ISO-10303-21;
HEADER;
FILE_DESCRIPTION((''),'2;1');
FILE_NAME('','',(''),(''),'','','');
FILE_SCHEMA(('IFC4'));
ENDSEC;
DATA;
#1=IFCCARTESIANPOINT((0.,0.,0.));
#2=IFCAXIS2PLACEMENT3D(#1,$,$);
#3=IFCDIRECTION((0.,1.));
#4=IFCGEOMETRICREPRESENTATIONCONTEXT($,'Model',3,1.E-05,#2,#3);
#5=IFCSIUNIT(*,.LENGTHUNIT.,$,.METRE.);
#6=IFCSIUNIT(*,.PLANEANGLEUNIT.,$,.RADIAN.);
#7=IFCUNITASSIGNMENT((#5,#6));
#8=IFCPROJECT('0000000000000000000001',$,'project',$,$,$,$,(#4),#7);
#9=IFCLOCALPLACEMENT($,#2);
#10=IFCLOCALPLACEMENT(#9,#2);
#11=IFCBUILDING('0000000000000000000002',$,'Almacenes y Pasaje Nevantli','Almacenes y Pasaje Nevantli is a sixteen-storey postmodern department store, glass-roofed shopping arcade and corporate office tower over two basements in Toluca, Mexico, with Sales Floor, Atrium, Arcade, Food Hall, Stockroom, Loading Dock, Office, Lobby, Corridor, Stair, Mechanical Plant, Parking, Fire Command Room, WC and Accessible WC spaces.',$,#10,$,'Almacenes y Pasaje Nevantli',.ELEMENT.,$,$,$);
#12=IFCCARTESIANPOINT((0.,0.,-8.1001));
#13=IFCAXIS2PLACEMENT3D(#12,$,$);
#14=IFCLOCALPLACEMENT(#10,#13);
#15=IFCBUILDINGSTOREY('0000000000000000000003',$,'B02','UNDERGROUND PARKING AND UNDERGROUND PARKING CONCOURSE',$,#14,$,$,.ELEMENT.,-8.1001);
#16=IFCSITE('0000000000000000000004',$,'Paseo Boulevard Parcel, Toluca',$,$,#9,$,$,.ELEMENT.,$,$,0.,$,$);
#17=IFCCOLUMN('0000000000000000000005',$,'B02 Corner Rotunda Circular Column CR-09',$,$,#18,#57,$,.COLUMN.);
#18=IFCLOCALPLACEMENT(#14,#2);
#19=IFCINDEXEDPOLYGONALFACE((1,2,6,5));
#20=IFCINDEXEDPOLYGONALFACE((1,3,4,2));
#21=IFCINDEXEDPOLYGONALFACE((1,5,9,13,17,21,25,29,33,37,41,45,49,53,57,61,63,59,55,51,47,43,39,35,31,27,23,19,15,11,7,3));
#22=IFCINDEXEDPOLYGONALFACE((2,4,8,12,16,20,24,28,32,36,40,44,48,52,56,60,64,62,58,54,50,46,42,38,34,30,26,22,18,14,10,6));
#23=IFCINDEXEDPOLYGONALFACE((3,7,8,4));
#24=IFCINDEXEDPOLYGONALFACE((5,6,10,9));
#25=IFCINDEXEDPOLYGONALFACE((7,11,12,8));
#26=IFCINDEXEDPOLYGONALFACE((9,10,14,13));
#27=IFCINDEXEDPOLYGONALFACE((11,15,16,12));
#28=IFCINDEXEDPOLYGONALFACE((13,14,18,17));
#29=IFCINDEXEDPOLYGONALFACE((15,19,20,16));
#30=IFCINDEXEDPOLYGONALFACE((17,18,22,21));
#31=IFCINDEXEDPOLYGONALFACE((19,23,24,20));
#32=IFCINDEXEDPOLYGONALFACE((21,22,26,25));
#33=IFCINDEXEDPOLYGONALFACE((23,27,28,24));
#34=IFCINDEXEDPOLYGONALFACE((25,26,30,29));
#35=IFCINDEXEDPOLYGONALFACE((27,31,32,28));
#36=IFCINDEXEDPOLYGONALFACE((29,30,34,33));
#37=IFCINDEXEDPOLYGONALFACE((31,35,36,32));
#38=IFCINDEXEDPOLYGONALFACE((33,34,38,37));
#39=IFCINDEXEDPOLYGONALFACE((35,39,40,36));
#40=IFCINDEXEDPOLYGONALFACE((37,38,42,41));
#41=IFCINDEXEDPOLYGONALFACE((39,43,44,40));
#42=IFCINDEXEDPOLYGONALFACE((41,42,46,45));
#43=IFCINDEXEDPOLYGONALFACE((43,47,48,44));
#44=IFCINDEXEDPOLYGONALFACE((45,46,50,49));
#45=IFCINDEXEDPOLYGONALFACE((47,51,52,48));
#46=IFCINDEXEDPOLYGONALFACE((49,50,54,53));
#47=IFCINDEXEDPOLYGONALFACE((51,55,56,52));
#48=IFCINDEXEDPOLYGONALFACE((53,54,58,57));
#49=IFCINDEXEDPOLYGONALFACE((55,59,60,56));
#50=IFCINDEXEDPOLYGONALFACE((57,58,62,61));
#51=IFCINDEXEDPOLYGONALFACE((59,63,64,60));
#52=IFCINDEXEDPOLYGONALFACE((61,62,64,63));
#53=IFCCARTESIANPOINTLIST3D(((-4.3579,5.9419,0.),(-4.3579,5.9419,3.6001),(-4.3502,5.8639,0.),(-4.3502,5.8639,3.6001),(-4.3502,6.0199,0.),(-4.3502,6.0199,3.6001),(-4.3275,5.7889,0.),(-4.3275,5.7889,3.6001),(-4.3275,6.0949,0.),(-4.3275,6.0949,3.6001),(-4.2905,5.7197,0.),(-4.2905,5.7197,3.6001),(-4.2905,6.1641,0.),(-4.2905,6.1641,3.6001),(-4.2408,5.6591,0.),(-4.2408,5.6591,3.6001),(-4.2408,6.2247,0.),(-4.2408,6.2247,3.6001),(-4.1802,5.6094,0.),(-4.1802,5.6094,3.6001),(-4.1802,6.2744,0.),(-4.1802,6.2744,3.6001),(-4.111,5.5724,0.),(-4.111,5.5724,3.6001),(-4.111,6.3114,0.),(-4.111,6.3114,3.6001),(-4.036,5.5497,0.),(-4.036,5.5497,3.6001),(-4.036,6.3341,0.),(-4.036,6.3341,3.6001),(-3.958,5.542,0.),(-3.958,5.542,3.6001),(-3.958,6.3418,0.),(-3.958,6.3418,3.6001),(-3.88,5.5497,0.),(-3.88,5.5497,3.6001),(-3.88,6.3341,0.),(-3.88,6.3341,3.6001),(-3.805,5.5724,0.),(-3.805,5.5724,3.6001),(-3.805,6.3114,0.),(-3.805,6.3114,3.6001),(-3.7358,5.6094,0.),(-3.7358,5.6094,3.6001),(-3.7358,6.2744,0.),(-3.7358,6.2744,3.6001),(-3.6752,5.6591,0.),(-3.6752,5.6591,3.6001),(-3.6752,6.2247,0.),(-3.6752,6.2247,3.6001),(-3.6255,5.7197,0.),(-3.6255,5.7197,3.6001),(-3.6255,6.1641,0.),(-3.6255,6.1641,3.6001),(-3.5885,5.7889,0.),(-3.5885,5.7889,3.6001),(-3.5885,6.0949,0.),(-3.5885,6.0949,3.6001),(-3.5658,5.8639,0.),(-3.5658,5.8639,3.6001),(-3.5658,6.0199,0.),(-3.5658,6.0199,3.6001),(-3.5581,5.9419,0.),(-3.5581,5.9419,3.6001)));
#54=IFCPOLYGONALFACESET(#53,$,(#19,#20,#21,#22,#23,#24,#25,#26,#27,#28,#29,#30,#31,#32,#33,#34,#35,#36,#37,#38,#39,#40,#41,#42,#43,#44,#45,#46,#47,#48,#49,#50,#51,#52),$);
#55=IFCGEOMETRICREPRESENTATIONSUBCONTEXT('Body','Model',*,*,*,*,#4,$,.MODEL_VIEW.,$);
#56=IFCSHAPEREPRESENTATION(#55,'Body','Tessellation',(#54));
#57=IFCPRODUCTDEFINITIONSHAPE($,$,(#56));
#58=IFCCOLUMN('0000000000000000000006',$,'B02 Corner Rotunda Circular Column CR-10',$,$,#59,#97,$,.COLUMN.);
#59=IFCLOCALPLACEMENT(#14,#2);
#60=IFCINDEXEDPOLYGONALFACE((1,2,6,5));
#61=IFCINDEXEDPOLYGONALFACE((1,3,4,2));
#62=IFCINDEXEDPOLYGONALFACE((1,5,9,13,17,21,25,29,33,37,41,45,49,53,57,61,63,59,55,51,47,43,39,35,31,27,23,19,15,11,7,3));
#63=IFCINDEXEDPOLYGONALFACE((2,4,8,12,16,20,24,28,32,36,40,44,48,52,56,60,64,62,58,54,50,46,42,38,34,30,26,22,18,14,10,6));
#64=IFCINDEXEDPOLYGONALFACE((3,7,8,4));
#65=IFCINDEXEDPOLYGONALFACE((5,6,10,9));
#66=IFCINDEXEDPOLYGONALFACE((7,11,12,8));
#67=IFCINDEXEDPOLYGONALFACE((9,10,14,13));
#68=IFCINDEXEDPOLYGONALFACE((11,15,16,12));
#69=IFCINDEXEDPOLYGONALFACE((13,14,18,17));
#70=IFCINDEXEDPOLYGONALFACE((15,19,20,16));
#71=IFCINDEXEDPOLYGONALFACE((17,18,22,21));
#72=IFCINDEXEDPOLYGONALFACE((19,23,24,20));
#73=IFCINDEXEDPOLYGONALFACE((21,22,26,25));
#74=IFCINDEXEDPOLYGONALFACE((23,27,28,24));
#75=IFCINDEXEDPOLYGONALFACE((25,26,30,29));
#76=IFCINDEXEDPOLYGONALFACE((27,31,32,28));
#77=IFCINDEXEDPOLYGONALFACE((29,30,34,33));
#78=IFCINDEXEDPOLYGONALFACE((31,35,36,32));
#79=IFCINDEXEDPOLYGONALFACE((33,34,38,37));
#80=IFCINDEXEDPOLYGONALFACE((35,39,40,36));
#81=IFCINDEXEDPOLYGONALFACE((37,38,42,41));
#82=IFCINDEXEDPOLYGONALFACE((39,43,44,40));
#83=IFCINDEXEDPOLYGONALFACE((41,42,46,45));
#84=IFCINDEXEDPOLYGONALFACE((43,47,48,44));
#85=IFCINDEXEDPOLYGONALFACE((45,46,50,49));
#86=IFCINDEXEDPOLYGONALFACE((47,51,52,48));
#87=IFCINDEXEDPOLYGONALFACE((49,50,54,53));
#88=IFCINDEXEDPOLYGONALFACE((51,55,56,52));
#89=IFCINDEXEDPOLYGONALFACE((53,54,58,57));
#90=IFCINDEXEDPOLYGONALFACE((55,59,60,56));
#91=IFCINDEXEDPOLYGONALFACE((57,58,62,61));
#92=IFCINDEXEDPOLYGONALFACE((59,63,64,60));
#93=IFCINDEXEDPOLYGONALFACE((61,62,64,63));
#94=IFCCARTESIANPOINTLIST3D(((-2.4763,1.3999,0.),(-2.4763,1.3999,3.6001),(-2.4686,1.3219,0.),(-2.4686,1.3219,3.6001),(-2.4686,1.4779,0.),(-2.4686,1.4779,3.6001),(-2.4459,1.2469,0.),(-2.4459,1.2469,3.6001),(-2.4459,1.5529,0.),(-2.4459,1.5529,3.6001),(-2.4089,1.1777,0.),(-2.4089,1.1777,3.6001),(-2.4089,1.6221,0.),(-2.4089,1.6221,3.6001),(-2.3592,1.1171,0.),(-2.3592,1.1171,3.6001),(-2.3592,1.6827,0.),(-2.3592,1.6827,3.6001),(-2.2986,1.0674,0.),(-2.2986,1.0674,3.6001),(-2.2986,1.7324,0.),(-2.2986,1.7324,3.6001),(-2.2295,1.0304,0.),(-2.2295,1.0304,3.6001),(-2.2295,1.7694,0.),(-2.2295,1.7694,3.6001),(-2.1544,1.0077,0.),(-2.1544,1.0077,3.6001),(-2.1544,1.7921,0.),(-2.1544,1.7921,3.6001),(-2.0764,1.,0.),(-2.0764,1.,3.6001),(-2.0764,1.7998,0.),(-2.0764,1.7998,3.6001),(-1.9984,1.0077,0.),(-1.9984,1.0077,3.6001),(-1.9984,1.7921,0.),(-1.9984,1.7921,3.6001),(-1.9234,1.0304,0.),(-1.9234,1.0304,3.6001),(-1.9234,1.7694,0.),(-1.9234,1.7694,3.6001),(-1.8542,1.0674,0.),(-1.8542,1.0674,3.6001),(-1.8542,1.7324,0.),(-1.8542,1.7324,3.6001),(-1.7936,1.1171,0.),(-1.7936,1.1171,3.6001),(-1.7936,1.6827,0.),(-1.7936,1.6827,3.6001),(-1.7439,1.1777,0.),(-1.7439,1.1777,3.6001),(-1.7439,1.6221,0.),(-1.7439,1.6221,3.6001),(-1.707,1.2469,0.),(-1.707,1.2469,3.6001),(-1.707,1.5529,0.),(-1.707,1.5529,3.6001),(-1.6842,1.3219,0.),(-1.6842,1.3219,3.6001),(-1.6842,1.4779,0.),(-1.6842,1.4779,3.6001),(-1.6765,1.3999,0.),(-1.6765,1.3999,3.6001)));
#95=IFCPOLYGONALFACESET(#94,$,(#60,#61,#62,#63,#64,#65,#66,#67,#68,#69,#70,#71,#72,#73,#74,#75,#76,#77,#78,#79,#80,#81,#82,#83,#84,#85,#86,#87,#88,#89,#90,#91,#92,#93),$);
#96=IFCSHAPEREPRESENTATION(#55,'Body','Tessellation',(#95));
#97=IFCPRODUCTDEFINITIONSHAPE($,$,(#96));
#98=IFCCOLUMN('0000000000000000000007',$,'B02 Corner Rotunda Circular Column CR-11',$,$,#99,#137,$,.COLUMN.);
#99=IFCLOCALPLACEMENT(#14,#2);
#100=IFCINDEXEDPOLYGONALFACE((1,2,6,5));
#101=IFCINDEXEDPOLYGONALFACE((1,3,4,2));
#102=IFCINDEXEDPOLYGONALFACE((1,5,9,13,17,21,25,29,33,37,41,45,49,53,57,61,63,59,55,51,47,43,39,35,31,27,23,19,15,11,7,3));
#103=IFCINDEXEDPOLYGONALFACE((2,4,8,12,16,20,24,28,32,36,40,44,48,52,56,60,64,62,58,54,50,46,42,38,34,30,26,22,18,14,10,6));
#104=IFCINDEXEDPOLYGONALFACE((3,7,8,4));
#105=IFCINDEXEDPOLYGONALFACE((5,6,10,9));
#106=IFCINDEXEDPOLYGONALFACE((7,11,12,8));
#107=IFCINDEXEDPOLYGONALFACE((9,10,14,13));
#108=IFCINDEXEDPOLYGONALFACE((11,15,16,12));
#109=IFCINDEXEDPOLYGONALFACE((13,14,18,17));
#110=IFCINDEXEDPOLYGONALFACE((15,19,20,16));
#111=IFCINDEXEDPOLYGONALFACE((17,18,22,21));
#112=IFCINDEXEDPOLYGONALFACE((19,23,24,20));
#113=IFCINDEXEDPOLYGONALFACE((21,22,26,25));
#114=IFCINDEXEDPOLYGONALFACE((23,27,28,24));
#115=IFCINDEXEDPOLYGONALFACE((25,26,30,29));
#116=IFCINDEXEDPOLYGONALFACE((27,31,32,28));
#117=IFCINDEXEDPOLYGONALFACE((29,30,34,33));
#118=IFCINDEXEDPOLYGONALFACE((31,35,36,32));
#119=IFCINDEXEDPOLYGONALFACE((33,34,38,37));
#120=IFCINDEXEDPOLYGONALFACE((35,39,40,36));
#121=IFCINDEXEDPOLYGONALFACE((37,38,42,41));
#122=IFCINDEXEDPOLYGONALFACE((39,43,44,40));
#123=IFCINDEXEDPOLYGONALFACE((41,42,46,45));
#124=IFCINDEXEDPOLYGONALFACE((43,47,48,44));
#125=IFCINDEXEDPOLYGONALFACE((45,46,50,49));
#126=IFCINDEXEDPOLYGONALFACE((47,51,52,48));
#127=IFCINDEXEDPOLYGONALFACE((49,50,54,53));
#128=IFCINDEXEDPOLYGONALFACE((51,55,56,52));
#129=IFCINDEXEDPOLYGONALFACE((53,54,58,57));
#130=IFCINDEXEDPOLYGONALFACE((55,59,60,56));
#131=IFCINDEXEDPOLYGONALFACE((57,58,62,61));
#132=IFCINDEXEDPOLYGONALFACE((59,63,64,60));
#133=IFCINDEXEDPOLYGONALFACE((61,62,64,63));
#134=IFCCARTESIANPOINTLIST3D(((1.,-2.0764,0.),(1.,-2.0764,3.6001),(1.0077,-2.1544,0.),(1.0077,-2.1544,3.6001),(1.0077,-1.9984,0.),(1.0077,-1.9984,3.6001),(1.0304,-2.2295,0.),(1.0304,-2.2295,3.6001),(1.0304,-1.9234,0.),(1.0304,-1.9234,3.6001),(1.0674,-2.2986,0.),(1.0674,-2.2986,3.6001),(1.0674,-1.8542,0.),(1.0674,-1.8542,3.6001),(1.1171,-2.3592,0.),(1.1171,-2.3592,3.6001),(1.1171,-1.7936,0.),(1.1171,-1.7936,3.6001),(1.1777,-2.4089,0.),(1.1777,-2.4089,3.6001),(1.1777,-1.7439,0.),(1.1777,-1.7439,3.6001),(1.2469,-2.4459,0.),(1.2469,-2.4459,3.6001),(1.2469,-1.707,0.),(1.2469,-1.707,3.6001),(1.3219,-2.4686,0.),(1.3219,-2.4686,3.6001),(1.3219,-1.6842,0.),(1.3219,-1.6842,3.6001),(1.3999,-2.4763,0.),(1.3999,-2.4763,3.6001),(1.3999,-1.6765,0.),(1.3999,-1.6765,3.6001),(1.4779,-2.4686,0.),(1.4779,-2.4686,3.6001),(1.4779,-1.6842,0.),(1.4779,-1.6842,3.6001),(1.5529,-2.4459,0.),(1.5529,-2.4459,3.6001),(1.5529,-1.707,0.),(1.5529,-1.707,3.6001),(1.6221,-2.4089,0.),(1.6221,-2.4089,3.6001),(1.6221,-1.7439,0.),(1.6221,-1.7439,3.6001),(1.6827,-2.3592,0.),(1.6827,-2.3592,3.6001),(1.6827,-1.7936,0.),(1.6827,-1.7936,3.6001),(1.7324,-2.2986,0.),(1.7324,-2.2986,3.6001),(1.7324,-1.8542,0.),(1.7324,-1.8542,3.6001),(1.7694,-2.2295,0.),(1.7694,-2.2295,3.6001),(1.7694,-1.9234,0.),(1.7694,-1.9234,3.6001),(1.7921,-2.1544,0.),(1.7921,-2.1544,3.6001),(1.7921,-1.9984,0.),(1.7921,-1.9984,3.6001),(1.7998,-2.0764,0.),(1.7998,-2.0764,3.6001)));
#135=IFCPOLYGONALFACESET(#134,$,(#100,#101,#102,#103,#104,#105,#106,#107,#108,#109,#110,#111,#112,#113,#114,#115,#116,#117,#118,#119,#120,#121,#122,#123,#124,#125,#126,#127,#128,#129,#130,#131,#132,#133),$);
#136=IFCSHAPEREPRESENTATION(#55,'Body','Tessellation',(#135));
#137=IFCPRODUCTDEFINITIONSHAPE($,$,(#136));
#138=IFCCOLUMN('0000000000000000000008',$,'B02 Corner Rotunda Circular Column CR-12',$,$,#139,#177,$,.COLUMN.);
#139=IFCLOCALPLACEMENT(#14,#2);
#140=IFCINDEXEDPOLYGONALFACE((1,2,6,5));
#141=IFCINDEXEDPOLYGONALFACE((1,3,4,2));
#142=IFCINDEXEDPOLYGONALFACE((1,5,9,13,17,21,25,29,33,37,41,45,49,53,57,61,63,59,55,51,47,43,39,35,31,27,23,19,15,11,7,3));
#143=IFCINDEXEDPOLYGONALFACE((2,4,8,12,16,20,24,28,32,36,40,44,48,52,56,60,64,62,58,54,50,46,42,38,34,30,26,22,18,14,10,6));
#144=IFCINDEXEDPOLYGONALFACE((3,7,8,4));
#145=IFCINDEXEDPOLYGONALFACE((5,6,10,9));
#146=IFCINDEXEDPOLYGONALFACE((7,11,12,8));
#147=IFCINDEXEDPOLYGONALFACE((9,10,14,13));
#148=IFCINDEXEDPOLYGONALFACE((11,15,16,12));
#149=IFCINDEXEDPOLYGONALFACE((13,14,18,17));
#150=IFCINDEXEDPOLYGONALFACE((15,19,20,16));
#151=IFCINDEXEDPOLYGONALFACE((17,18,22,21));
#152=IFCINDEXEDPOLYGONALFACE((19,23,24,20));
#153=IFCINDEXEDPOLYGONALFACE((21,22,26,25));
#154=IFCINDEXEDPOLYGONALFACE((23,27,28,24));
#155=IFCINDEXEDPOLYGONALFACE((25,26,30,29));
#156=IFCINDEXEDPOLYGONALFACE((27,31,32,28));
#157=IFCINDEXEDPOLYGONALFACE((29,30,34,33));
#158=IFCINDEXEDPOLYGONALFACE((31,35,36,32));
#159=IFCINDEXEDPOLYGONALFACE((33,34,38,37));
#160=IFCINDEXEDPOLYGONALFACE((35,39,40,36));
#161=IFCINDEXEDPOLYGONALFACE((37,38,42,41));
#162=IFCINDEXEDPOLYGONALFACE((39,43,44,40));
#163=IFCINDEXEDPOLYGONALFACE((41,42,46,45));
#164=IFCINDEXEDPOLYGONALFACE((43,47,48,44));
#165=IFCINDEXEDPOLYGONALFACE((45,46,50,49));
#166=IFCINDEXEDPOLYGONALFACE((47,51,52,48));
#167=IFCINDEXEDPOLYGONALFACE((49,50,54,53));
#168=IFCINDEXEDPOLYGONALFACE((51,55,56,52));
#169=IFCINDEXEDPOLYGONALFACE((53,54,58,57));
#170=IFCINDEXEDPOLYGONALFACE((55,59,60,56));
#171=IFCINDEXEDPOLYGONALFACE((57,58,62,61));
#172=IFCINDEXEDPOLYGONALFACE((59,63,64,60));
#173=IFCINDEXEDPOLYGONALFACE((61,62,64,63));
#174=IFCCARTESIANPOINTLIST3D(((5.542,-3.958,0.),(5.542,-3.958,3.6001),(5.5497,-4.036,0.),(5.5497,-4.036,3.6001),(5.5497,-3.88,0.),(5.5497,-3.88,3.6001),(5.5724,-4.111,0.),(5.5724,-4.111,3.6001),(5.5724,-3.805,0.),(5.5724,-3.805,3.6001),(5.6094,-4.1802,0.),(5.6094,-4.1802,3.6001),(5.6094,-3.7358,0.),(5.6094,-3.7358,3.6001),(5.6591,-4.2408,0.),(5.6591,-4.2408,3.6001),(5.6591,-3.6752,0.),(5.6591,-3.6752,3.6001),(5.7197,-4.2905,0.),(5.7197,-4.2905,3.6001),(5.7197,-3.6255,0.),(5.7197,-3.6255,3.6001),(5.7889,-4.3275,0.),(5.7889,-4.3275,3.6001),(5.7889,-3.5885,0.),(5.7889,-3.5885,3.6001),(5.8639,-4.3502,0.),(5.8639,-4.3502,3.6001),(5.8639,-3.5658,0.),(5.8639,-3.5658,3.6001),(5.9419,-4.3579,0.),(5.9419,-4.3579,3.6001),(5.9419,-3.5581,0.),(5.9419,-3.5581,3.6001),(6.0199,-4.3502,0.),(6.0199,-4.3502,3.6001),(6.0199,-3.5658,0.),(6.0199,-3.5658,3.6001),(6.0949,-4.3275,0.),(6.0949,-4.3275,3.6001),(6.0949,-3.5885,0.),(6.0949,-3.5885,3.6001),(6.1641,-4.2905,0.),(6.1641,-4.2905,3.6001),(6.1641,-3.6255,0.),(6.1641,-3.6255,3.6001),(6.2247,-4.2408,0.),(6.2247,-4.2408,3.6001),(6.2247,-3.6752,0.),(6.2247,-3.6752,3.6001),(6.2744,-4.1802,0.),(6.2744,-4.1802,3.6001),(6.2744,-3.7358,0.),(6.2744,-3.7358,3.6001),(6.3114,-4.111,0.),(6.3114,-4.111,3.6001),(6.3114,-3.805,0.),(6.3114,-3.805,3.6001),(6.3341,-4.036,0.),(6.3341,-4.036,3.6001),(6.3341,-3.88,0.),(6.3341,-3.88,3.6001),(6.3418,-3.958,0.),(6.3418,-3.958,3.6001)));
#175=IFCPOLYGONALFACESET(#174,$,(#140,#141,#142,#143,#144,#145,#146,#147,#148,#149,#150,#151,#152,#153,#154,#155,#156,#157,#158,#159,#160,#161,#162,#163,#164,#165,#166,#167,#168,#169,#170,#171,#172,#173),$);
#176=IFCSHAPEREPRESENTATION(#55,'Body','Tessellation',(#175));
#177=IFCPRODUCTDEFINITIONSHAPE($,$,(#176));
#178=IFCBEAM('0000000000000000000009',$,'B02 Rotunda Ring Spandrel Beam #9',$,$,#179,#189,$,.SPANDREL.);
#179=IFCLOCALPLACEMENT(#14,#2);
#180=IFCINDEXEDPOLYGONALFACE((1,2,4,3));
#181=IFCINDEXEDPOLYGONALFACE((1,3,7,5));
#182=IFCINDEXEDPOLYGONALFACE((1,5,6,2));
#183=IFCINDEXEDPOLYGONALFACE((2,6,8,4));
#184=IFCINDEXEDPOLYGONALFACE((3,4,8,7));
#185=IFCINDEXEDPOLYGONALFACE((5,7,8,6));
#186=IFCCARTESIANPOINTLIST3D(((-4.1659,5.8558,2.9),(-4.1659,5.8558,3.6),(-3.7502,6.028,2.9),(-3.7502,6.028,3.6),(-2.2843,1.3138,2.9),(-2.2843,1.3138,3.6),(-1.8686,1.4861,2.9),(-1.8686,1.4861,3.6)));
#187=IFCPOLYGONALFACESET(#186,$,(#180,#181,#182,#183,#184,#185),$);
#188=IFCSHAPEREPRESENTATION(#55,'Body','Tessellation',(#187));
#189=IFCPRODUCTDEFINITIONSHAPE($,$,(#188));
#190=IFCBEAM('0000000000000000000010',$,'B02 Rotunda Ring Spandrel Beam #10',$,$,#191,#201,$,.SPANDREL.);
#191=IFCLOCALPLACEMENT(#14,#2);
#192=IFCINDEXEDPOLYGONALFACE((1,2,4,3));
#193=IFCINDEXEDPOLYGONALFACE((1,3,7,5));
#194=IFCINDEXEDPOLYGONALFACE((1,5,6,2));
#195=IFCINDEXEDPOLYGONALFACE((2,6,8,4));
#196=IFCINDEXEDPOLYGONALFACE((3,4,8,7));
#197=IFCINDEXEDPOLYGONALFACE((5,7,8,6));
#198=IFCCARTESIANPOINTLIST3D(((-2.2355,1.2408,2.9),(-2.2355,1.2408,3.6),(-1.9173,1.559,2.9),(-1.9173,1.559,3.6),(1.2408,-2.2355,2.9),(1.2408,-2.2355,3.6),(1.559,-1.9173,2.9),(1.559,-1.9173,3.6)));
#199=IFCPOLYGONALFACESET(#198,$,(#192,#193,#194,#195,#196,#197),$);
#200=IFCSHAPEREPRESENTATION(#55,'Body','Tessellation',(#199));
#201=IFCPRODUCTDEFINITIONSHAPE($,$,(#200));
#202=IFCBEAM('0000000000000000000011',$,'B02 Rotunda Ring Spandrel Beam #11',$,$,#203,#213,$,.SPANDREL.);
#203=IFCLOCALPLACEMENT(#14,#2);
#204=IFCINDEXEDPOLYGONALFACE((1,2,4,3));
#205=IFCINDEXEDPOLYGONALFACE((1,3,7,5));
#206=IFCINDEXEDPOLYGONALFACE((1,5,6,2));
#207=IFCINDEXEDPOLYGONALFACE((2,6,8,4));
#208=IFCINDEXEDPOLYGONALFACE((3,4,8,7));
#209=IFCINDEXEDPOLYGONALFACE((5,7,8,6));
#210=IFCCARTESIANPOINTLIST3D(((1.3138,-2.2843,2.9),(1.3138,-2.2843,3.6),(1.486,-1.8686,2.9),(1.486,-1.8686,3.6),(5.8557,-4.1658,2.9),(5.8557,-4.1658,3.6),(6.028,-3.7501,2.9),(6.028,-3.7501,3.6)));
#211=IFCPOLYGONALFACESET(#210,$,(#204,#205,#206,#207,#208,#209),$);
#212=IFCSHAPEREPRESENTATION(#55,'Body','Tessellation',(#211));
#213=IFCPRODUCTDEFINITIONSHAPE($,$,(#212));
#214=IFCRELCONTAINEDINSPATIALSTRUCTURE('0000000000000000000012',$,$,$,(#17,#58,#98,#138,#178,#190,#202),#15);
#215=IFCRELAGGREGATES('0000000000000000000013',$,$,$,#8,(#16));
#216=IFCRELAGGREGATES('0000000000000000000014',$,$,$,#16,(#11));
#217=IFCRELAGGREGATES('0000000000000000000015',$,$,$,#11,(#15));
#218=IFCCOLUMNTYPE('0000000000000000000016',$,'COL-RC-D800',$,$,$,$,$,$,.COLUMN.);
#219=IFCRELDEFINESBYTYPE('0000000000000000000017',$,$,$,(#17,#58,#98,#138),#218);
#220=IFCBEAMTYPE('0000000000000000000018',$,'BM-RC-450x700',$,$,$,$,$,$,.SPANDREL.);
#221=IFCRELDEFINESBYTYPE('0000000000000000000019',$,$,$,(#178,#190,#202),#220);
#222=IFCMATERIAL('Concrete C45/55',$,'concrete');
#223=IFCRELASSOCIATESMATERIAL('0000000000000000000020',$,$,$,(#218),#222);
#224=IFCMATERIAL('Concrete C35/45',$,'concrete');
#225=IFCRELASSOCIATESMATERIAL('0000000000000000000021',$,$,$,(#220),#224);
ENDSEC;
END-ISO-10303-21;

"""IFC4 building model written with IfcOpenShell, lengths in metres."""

from ifc_helpers import new_model, si_unit, direction, frame, origin, origin_2d, place, context, subcontext, project, spatial, rectangle, circle, extrude, material, material_profile, profile_set, type_object, element, save


model = new_model("IFC4")

# Units and contexts
model_context = context("Model", 3, precision=1e-05, world=origin(), true_north=direction((0.0, 1.0)))
body_context = subcontext(model_context, "Body", "Model", "MODEL_VIEW")
ifc_project = project(units=[si_unit("LENGTHUNIT", "METRE"), si_unit("PLANEANGLEUNIT", "RADIAN")], contexts=[model_context])

# Site, building, storey
site_placement = place(None, origin())
site = spatial("IfcSite", under=ifc_project, at=site_placement, Name="Paseo Boulevard Parcel, Toluca", CompositionType="ELEMENT", RefElevation=0.0)
building_placement = place(site_placement, origin())
building = spatial("IfcBuilding", under=site, at=building_placement, Name="Almacenes y Pasaje Nevantli", Description="Almacenes y Pasaje Nevantli is a sixteen-storey postmodern department store, glass-roofed shopping arcade and corporate office tower over two basements in Toluca, Mexico, with Sales Floor, Atrium, Arcade, Food Hall, Stockroom, Loading Dock, Office, Lobby, Corridor, Stair, Mechanical Plant, Parking, Fire Command Room, WC and Accessible WC spaces.", LongName="Almacenes y Pasaje Nevantli", CompositionType="ELEMENT")
storey_placement = place(building_placement, frame((0.0, 0.0, -8.1001)))
storey = spatial("IfcBuildingStorey", under=building, at=storey_placement, Name="B02", Description="UNDERGROUND PARKING AND UNDERGROUND PARKING CONCOURSE", CompositionType="ELEMENT", Elevation=-8.1001)

# Columns
ifc_material_1 = material(Name="Concrete C45/55", Category="concrete")
ifc_material_profile_1 = material_profile(ifc_material_1, circle(Radius=0.3999, at=origin_2d()), Name="RC-COL-D800")
ifc_profile_set_1 = profile_set([ifc_material_profile_1], Name="Concrete C45/55")
column_type_1 = type_object("IfcColumnType", Name="COL-RC-D800", PredefinedType="COLUMN", material=ifc_profile_set_1)
for number, where, z_axis, x_axis, name in (
    (1, (-3.958, 5.9419, 0.0), (0.0, 0.0, 1.0), (1.0, 0.0, 0.0), "B02 Corner Rotunda Circular Column CR-09"),
    (2, (-2.0764, 1.3999, 0.0), (0.0, 0.0, 1.0), (1.0, 0.0, 0.0), "B02 Corner Rotunda Circular Column CR-10"),
    (3, (1.3999, -2.0764, 0.0), (0.0, 0.0, 1.0), (1.0, 0.0, 0.0), "B02 Corner Rotunda Circular Column CR-11"),
    (4, (5.9419, -3.958, 0.0), (0.0, 0.0, 1.0), (1.0, 0.0, 0.0), "B02 Corner Rotunda Circular Column CR-12"),
):
    element("IfcColumn", number, at=place(storey_placement, frame(where, z_axis=z_axis, x_axis=x_axis)), inside=storey, type_object=column_type_1, Name=name, PredefinedType="COLUMN", context=body_context, shape_type="SweptSolid", body=[
        extrude(circle(Radius=0.3999, at=origin_2d()), origin(), (0.0, 0.0, 1.0), 3.6001),
    ])

# Beams
ifc_material_2 = material(Name="Concrete C35/45", Category="concrete")
ifc_material_profile_2 = material_profile(ifc_material_2, rectangle(XDim=0.45, YDim=0.7, at=origin_2d()), Name="RC-BM-450x700")
ifc_profile_set_2 = profile_set([ifc_material_profile_2], Name="Concrete C35/45")
beam_type_1 = type_object("IfcBeamType", Name="BM-RC-450x700", PredefinedType="SPANDREL", material=ifc_profile_set_2)
for number, where, z_axis, x_axis, name in (
    (5, (-3.958, 5.9419, 3.25), (0.382725, -0.923862, 0.0), (0.923862, 0.382725, 0.0), "B02 Rotunda Ring Spandrel Beam #9"),
    (6, (-2.0764, 1.3999, 3.25), (0.707107, -0.707107, 0.0), (0.707107, 0.707107, 0.0), "B02 Rotunda Ring Spandrel Beam #10"),
    (7, (1.3999, -2.0764, 3.25), (0.923862, -0.382725, 0.0), (0.382725, 0.923862, 0.0), "B02 Rotunda Ring Spandrel Beam #11"),
):
    element("IfcBeam", number, at=place(storey_placement, frame(where, z_axis=z_axis, x_axis=x_axis)), inside=storey, type_object=beam_type_1, Name=name, PredefinedType="SPANDREL", context=body_context, shape_type="SweptSolid", body=[
        extrude(rectangle(XDim=0.45, YDim=0.7, at=origin_2d()), origin(), (0.0, 0.0, 1.0), 4.9163),
    ])

save(model, "model.ifc")
